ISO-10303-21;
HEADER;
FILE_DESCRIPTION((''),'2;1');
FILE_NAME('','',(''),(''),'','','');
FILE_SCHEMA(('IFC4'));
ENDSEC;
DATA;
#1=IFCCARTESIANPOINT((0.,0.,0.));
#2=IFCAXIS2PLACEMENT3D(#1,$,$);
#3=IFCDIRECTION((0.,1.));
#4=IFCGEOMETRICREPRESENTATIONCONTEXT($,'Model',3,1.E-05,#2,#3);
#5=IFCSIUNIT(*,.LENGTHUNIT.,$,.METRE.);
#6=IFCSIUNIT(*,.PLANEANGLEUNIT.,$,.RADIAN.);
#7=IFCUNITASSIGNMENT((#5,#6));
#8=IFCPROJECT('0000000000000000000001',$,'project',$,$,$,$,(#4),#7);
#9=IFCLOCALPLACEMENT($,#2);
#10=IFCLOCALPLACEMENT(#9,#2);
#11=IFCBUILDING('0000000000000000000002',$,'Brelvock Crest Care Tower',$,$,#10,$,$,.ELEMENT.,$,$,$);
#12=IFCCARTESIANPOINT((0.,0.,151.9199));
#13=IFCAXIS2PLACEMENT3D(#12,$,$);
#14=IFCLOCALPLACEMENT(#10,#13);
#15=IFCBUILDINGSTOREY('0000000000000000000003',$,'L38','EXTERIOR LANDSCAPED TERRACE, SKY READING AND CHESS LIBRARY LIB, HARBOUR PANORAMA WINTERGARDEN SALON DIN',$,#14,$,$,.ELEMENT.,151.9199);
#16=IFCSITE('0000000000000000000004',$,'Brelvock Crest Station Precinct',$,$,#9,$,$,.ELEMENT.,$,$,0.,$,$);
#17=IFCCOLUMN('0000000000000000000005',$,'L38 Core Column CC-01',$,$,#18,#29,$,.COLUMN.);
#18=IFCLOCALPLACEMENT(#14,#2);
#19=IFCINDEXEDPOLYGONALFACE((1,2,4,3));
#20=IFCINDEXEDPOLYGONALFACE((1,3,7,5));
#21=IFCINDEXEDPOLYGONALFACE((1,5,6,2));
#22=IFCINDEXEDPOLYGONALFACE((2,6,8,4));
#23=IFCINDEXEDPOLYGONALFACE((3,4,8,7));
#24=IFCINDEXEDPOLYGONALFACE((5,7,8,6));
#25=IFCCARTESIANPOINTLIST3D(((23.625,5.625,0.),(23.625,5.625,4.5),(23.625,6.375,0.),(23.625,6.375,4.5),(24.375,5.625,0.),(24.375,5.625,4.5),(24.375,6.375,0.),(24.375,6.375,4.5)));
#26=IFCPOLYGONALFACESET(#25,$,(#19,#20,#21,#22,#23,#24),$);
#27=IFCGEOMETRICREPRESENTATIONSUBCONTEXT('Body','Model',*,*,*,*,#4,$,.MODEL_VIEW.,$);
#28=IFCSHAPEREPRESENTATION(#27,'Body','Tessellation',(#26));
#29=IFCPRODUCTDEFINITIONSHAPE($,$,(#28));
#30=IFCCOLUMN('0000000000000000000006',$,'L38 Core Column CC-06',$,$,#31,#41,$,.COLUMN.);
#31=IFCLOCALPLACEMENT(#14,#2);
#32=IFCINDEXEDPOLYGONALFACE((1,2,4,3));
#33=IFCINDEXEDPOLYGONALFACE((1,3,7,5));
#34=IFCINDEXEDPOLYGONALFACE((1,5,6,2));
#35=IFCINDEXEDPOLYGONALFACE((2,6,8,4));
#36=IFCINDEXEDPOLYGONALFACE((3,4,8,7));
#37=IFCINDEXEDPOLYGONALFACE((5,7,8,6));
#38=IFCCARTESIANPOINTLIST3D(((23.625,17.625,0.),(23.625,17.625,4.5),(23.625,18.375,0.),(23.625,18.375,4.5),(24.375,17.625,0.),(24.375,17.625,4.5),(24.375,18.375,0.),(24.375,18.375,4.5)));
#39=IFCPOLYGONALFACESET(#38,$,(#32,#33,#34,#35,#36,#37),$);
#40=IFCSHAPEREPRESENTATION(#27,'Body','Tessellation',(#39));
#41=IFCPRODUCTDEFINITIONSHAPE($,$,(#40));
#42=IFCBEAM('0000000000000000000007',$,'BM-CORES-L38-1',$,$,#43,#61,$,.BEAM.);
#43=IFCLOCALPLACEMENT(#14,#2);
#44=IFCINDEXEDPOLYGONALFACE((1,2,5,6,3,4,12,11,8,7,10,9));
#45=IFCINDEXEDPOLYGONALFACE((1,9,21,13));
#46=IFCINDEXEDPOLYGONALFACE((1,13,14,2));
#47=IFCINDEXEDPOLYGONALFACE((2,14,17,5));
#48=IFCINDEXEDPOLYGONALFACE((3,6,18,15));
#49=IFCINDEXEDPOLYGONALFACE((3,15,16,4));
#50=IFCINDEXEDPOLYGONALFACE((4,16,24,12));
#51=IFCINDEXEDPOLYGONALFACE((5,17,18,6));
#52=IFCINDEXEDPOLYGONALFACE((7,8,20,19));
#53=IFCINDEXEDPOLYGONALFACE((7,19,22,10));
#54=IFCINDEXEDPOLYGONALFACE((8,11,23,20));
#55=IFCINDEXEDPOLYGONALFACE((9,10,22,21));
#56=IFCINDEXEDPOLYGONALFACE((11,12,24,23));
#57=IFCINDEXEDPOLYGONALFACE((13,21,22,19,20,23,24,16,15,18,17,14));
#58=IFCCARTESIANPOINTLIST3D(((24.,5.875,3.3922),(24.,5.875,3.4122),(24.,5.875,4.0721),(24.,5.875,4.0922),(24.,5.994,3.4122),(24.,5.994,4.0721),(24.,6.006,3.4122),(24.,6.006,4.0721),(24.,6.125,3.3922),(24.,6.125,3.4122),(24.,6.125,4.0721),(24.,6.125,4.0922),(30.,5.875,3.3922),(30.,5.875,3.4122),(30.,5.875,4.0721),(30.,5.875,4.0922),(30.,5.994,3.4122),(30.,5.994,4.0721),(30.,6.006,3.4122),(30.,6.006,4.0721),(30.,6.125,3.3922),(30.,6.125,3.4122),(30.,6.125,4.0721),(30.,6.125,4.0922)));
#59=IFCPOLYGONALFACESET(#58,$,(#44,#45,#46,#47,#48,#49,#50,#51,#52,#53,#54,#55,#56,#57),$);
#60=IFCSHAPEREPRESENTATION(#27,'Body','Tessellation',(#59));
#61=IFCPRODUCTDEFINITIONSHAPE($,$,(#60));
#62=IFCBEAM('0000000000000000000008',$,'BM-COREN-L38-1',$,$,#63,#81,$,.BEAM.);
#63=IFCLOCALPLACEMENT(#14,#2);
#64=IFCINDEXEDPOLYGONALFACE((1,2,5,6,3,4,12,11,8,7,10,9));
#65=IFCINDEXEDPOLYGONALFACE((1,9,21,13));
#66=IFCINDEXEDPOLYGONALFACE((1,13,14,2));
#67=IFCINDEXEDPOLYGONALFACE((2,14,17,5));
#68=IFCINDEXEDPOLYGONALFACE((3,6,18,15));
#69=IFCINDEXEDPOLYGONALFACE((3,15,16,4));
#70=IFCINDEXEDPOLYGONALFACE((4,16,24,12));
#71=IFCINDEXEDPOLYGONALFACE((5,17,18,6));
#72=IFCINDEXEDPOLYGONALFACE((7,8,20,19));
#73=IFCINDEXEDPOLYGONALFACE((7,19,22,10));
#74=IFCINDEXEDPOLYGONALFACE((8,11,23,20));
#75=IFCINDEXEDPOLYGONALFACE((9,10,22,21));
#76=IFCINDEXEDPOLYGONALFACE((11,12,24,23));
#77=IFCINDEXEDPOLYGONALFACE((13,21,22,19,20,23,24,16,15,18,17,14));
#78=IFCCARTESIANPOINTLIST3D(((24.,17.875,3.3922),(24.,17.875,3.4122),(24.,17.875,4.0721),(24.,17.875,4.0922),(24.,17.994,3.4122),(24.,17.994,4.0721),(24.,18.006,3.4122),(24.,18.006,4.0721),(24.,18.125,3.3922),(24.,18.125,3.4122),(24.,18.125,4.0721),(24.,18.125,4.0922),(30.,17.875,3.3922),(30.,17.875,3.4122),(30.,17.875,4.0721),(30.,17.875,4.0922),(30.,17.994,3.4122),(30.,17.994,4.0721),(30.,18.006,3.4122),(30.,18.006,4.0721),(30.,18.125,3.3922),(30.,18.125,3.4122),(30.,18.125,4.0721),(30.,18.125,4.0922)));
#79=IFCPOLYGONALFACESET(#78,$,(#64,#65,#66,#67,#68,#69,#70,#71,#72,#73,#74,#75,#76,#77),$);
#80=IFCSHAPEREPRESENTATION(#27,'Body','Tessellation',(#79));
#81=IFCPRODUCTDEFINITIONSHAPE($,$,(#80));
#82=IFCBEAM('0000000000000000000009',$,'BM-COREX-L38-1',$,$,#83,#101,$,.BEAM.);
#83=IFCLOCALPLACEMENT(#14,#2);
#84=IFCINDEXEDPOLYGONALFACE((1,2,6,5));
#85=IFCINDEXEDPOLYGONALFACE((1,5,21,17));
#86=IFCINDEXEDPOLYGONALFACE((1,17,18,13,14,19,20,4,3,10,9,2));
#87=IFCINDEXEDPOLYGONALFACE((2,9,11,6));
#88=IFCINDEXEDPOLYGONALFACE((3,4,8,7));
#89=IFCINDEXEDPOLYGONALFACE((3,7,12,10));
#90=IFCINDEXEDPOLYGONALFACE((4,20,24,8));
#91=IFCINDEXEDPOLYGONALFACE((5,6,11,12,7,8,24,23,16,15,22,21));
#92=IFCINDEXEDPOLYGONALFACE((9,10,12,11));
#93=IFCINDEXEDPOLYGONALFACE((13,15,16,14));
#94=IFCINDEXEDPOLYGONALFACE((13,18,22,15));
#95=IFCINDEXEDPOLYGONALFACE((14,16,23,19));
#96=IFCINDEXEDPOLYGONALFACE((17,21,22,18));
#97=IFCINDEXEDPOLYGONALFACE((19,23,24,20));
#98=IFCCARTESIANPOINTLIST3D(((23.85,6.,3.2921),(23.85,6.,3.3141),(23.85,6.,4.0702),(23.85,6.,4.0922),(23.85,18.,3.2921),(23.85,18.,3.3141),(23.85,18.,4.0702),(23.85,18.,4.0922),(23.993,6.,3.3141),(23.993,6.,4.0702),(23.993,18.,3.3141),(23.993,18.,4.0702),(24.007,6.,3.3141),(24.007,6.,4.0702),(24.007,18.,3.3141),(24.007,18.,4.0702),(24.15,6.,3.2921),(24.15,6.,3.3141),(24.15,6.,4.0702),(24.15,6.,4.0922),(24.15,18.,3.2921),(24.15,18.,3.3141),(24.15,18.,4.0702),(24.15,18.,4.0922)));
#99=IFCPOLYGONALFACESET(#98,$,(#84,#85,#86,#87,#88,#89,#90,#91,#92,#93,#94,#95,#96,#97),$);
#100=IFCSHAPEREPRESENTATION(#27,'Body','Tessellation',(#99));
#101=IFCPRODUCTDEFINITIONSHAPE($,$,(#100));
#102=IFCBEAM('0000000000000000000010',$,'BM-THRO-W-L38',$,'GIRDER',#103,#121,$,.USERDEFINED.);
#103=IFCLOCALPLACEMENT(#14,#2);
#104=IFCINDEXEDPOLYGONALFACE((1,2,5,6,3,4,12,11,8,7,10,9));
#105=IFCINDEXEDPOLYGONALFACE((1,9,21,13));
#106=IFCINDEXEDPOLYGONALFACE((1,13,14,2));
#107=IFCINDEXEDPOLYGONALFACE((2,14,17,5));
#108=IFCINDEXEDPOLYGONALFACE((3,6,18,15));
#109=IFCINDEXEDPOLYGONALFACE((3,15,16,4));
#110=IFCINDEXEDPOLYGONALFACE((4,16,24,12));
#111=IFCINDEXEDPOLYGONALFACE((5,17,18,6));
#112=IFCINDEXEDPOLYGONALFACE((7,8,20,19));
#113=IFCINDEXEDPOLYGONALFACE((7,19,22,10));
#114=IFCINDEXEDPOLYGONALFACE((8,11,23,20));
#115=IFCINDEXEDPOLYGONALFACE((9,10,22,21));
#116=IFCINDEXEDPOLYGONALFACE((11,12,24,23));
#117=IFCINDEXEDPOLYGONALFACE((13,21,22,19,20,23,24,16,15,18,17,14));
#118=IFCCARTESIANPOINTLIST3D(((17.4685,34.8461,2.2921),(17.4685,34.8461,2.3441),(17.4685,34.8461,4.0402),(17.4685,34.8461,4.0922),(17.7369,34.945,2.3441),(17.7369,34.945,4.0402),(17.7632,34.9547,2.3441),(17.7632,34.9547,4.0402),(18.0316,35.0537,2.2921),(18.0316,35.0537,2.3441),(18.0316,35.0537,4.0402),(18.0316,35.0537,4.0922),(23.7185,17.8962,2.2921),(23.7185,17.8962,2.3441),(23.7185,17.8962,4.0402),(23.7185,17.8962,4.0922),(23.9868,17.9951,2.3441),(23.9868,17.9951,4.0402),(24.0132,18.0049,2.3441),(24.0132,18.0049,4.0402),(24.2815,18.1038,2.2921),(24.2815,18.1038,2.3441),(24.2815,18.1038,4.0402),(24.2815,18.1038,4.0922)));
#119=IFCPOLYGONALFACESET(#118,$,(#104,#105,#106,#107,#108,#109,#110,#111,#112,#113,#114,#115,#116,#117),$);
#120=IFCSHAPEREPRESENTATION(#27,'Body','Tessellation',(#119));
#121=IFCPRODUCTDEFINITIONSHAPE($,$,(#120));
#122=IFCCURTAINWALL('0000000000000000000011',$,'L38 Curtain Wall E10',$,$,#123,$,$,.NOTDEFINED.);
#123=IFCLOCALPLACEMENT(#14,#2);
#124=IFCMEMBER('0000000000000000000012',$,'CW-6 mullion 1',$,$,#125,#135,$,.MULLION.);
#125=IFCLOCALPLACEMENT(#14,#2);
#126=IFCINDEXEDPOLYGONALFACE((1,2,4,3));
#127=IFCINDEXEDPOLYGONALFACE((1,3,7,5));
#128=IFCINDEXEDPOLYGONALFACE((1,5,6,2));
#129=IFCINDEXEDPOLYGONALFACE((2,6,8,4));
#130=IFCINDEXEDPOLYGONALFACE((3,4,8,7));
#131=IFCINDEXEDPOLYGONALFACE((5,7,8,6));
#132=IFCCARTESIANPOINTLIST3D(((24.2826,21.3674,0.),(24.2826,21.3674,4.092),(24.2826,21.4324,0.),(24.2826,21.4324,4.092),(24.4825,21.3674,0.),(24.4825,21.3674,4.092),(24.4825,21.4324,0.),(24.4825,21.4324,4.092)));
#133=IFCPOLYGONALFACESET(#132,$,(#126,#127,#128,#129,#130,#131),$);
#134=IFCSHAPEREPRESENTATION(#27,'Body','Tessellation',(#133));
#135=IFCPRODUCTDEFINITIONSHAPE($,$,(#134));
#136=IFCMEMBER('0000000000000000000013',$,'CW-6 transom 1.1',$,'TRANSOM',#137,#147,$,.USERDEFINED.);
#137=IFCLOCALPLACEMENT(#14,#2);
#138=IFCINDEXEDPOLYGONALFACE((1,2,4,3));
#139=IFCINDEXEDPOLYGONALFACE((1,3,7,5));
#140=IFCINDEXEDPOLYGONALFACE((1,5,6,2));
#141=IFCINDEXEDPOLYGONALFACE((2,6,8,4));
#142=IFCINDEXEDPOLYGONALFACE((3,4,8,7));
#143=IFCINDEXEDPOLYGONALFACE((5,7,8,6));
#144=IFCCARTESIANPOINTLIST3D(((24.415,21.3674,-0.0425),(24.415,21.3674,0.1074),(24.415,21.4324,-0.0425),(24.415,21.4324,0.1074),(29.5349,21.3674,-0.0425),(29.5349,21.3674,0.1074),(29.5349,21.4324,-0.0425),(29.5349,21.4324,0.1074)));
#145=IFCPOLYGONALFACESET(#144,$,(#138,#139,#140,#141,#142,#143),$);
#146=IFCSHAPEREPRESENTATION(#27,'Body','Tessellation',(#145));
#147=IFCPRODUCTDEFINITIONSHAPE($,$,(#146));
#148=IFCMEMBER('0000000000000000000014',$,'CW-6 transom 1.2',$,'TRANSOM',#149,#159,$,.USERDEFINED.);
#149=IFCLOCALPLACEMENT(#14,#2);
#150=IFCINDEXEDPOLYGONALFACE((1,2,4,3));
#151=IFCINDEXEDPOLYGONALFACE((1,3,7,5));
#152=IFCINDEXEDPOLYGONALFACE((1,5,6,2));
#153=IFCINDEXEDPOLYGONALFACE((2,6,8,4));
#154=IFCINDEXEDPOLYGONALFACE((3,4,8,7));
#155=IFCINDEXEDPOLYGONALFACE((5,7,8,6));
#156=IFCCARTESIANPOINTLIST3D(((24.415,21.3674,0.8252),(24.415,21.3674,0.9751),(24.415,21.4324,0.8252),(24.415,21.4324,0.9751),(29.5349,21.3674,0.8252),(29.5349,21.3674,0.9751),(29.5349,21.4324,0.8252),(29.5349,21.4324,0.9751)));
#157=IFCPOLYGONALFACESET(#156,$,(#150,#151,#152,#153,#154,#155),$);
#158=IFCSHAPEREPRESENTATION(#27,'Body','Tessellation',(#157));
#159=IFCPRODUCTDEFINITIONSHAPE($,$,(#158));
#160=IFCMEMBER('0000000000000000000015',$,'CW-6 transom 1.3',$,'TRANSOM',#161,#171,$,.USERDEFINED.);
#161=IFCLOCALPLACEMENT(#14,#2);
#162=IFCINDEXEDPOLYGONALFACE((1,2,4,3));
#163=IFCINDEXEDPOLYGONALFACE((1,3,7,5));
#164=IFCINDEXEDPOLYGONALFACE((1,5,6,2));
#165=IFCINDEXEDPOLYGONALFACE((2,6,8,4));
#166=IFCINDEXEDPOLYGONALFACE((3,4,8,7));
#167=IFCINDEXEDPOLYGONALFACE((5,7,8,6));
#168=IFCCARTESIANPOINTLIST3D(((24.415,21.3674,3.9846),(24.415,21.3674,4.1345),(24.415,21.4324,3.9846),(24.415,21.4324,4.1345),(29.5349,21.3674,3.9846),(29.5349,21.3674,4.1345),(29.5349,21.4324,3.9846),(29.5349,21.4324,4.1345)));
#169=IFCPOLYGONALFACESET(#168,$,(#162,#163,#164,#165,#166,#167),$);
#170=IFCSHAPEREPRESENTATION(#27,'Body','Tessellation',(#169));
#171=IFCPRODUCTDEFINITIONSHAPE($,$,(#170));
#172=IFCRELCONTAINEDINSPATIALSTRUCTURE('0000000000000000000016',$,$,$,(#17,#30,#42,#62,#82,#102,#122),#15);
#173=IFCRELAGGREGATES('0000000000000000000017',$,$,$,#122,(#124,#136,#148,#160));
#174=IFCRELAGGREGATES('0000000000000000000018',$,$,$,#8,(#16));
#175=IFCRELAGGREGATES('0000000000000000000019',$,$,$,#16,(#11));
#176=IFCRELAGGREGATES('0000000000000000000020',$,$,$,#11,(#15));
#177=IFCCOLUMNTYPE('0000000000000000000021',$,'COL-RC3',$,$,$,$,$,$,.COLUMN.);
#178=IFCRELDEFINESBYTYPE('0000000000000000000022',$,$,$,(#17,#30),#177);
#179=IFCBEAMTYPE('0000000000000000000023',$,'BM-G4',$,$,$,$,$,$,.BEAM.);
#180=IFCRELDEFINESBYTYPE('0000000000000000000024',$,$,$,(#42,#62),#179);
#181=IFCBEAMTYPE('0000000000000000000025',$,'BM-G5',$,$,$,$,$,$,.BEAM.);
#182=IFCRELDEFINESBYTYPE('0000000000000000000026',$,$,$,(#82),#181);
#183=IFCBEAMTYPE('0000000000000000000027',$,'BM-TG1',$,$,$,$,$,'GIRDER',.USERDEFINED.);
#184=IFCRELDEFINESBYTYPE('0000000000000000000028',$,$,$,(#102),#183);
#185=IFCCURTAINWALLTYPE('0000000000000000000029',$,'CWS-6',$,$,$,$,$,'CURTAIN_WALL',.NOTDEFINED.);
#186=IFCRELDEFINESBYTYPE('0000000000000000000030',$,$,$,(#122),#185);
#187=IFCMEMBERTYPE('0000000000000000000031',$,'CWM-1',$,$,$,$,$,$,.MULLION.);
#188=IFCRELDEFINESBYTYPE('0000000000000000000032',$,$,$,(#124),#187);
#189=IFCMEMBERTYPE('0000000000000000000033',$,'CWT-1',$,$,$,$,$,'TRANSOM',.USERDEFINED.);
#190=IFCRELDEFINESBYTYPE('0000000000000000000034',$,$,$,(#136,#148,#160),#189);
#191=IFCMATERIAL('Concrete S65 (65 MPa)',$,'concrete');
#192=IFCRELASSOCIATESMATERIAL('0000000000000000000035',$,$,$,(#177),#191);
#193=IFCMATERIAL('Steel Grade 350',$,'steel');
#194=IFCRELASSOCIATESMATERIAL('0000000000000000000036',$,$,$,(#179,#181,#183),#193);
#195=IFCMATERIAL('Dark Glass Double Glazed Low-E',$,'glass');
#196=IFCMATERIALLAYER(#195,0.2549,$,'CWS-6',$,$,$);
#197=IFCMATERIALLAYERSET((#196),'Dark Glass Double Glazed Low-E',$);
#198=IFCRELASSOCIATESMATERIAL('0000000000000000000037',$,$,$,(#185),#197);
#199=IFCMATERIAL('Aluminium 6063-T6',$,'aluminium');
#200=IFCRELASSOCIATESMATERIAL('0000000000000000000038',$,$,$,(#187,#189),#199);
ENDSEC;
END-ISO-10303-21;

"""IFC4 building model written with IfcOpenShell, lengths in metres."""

from ifc_helpers import new_model, si_unit, direction, frame, origin, origin_2d, place, context, subcontext, project, spatial, rectangle, i_section, extrude, source, transform, mapped, material, layer, layer_set, material_profile, profile_set, type_object, element, aggregate, save


model = new_model("IFC4")

# Units and contexts
model_context = context("Model", 3, precision=1e-05, world=origin(), true_north=direction((0.0, 1.0)))
body_context = subcontext(model_context, "Body", "Model", "MODEL_VIEW")
ifc_project = project(units=[si_unit("LENGTHUNIT", "METRE"), si_unit("PLANEANGLEUNIT", "RADIAN")], contexts=[model_context])

# Site, building, storey
site_placement = place(None, origin())
site = spatial("IfcSite", under=ifc_project, at=site_placement, Name="Brelvock Crest Station Precinct", CompositionType="ELEMENT", RefElevation=0.0)
building_placement = place(site_placement, origin())
building = spatial("IfcBuilding", under=site, at=building_placement, Name="Brelvock Crest Care Tower", CompositionType="ELEMENT")
storey_placement = place(building_placement, frame((0.0, 0.0, 151.9199)))
storey = spatial("IfcBuildingStorey", under=building, at=storey_placement, Name="L38", Description="EXTERIOR LANDSCAPED TERRACE, SKY READING AND CHESS LIBRARY LIB, HARBOUR PANORAMA WINTERGARDEN SALON DIN", CompositionType="ELEMENT", Elevation=151.9199)

# Columns
ifc_material_1 = material(Name="Concrete S65 (65 MPa)", Category="concrete")
ifc_material_profile_1 = material_profile(ifc_material_1, rectangle(XDim=0.75, YDim=0.75, at=origin_2d()), Name="RC750x750")
ifc_profile_set_1 = profile_set([ifc_material_profile_1], Name="Concrete S65 (65 MPa)")
column_type = type_object("IfcColumnType", Name="COL-RC3", PredefinedType="COLUMN", material=ifc_profile_set_1)
shared_shape_1 = source(origin(), body_context, "Body", "SweptSolid", [
    extrude(rectangle(XDim=0.75, YDim=0.75, at=origin_2d()), origin(), (0.0, 0.0, 1.0), 4.5),
])
for number, where, z_axis, x_axis, name in (
    (1, (24.0, 6.0, 0.0), (0.0, 0.0, 1.0), (1.0, 0.0, 0.0), "L38 Core Column CC-01"),
    (2, (24.0, 18.0, 0.0), (0.0, 0.0, 1.0), (1.0, 0.0, 0.0), "L38 Core Column CC-06"),
):
    element("IfcColumn", number, at=place(storey_placement, frame(where, z_axis=z_axis, x_axis=x_axis)), inside=storey, type_object=column_type, Name=name, PredefinedType="COLUMN", context=body_context, shape_type="MappedRepresentation", body=[
        mapped(shared_shape_1, transform((0.0, 0.0, 0.0), x_axis=(1.0, 0.0, 0.0), y_axis=(0.0, 1.0, 0.0), z_axis=(0.0, 0.0, 1.0), scale=1.0)),
    ])

# Beams
ifc_material_2 = material(Name="Steel Grade 350", Category="steel")
ifc_material_profile_2 = material_profile(ifc_material_2, i_section(OverallWidth=0.25, OverallDepth=0.7, WebThickness=0.012, FlangeThickness=0.02, at=origin_2d()), Name="700WB150")
ifc_profile_set_2 = profile_set([ifc_material_profile_2], Name="Steel Grade 350")
beam_type_1 = type_object("IfcBeamType", Name="BM-G4", PredefinedType="BEAM", material=ifc_profile_set_2)
shared_shape_2 = source(origin(), body_context, "Body", "SweptSolid", [
    extrude(i_section(OverallWidth=0.25, OverallDepth=0.7, WebThickness=0.012, FlangeThickness=0.02, at=origin_2d()), origin(), (0.0, 0.0, 1.0), 6.0),
])
for number, where, z_axis, x_axis, name in (
    (3, (24.0, 6.0, 3.7422), (1.0, 0.0, 0.0), (0.0, 1.0, 0.0), "BM-CORES-L38-1"),
    (4, (24.0, 18.0, 3.7422), (1.0, 0.0, 0.0), (0.0, 1.0, 0.0), "BM-COREN-L38-1"),
):
    element("IfcBeam", number, at=place(storey_placement, frame(where, z_axis=z_axis, x_axis=x_axis)), inside=storey, type_object=beam_type_1, Name=name, PredefinedType="BEAM", context=body_context, shape_type="MappedRepresentation", body=[
        mapped(shared_shape_2, transform((0.0, 0.0, 0.0), x_axis=(1.0, 0.0, 0.0), y_axis=(0.0, 1.0, 0.0), z_axis=(0.0, 0.0, 1.0), scale=1.0)),
    ])
ifc_material_profile_3 = material_profile(ifc_material_2, i_section(OverallWidth=0.3, OverallDepth=0.8, WebThickness=0.0139, FlangeThickness=0.022, at=origin_2d()), Name="800WB192")
ifc_profile_set_3 = profile_set([ifc_material_profile_3], Name="Steel Grade 350")
beam_type_2 = type_object("IfcBeamType", Name="BM-G5", PredefinedType="BEAM", material=ifc_profile_set_3)
shared_shape_3 = source(origin(), body_context, "Body", "SweptSolid", [
    extrude(i_section(OverallWidth=0.3, OverallDepth=0.8, WebThickness=0.0139, FlangeThickness=0.022, at=origin_2d()), origin(), (0.0, 0.0, 1.0), 12.0),
])
beam_1_placement = place(storey_placement, frame((24.0, 6.0, 3.6921), z_axis=(0.0, 1.0, 0.0), x_axis=(-1.0, 0.0, 0.0)))
element("IfcBeam", 5, at=beam_1_placement, inside=storey, type_object=beam_type_2, Name="BM-COREX-L38-1", PredefinedType="BEAM", context=body_context, shape_type="MappedRepresentation", body=[
    mapped(shared_shape_3, transform((0.0, 0.0, 0.0), x_axis=(1.0, 0.0, 0.0), y_axis=(0.0, 1.0, 0.0), z_axis=(0.0, 0.0, 1.0), scale=1.0)),
])
ifc_material_profile_4 = material_profile(ifc_material_2, i_section(OverallWidth=0.6001, OverallDepth=1.8, WebThickness=0.0281, FlangeThickness=0.052, at=origin_2d()), Name="1800TG740")
ifc_profile_set_4 = profile_set([ifc_material_profile_4], Name="Steel Grade 350")
beam_type_3 = type_object("IfcBeamType", Name="BM-TG1", ElementType="GIRDER", PredefinedType="USERDEFINED", material=ifc_profile_set_4)
shared_shape_4 = source(origin(), body_context, "Body", "SweptSolid", [
    extrude(i_section(OverallWidth=0.6001, OverallDepth=1.8, WebThickness=0.0281, FlangeThickness=0.052, at=origin_2d()), origin(), (0.0, 0.0, 1.0), 18.0654),
])
beam_2_placement = place(storey_placement, frame((24.0, 18.0, 3.1921), z_axis=(-0.345963, 0.938248, 0.0), x_axis=(-0.938248, -0.345963, 0.0)))
element("IfcBeam", 6, at=beam_2_placement, inside=storey, type_object=beam_type_3, Name="BM-THRO-W-L38", ObjectType="GIRDER", PredefinedType="USERDEFINED", context=body_context, shape_type="MappedRepresentation", body=[
    mapped(shared_shape_4, transform((0.0, 0.0, 0.0), x_axis=(1.0, 0.0, 0.0), y_axis=(0.0, 1.0, 0.0), z_axis=(0.0, 0.0, 1.0), scale=1.0)),
])

# Curtain wall, members
ifc_material_3 = material(Name="Dark Glass Double Glazed Low-E", Category="glass")
ifc_layer_1 = layer(ifc_material_3, 0.2549, Name="CWS-6")
ifc_layer_set_1 = layer_set([ifc_layer_1], Name="Dark Glass Double Glazed Low-E")
curtain_wall_type = type_object("IfcCurtainWallType", Name="CWS-6", ElementType="CURTAIN_WALL", PredefinedType="NOTDEFINED", material=ifc_layer_set_1)
curtain_wall_placement = place(storey_placement, origin())
curtain_wall = element("IfcCurtainWall", 7, at=curtain_wall_placement, inside=storey, type_object=curtain_wall_type, Name="L38 Curtain Wall E10", PredefinedType="NOTDEFINED")
ifc_material_4 = material(Name="Aluminium 6063-T6", Category="aluminium")
ifc_material_profile_5 = material_profile(ifc_material_4, rectangle(XDim=0.0649, YDim=0.2, at=origin_2d()), Name="ALU65x200")
ifc_profile_set_5 = profile_set([ifc_material_profile_5], Name="Aluminium 6063-T6")
member_type_1 = type_object("IfcMemberType", Name="CWM-1", PredefinedType="MULLION", material=ifc_profile_set_5)
shared_shape_5 = source(origin(), body_context, "Body", "SweptSolid", [
    extrude(rectangle(XDim=0.0649, YDim=0.2, at=origin_2d()), origin(), (0.0, 0.0, 1.0), 4.092),
])
member_1_placement = place(storey_placement, frame((24.3826, 21.3999, 0.0), z_axis=(0.0, 0.0, 1.0), x_axis=(0.0, 1.0, 0.0)))
member_1 = element("IfcMember", 8, at=member_1_placement, type_object=member_type_1, Name="CW-6 mullion 1", PredefinedType="MULLION", context=body_context, shape_type="MappedRepresentation", body=[
    mapped(shared_shape_5, transform((0.0, 0.0, 0.0), x_axis=(1.0, 0.0, 0.0), y_axis=(0.0, 1.0, 0.0), z_axis=(0.0, 0.0, 1.0), scale=1.0)),
])
ifc_material_profile_6 = material_profile(ifc_material_4, rectangle(XDim=0.0649, YDim=0.1499, at=origin_2d()), Name="ALU65x150")
ifc_profile_set_6 = profile_set([ifc_material_profile_6], Name="Aluminium 6063-T6")
member_type_2 = type_object("IfcMemberType", Name="CWT-1", ElementType="TRANSOM", PredefinedType="USERDEFINED", material=ifc_profile_set_6)
shared_shape_6 = source(origin(), body_context, "Body", "SweptSolid", [
    extrude(rectangle(XDim=0.0649, YDim=0.1499, at=origin_2d()), origin(), (0.0, 0.0, 1.0), 5.1199),
])
member_2_placement = place(storey_placement, frame((24.415, 21.3999, 0.0325), z_axis=(1.0, 0.0, 0.0), x_axis=(0.0, 1.0, 0.0)))
member_2 = element("IfcMember", 9, at=member_2_placement, type_object=member_type_2, Name="CW-6 transom 1.1", ObjectType="TRANSOM", PredefinedType="USERDEFINED", context=body_context, shape_type="MappedRepresentation", body=[
    mapped(shared_shape_6, transform((0.0, 0.0, 0.0), x_axis=(1.0, 0.0, 0.0), y_axis=(0.0, 1.0, 0.0), z_axis=(0.0, 0.0, 1.0), scale=1.0)),
])
member_3_placement = place(storey_placement, frame((24.415, 21.3999, 0.9001), z_axis=(1.0, 0.0, 0.0), x_axis=(0.0, 1.0, 0.0)))
member_3 = element("IfcMember", 10, at=member_3_placement, type_object=member_type_2, Name="CW-6 transom 1.2", ObjectType="TRANSOM", PredefinedType="USERDEFINED", context=body_context, shape_type="MappedRepresentation", body=[
    mapped(shared_shape_6, transform((0.0, 0.0, 0.0), x_axis=(1.0, 0.0, 0.0), y_axis=(0.0, 1.0, 0.0), z_axis=(0.0, 0.0, 1.0), scale=1.0)),
])
member_4_placement = place(storey_placement, frame((24.415, 21.3999, 4.0596), z_axis=(1.0, 0.0, 0.0), x_axis=(0.0, 1.0, 0.0)))
member_4 = element("IfcMember", 11, at=member_4_placement, type_object=member_type_2, Name="CW-6 transom 1.3", ObjectType="TRANSOM", PredefinedType="USERDEFINED", context=body_context, shape_type="MappedRepresentation", body=[
    mapped(shared_shape_6, transform((0.0, 0.0, 0.0), x_axis=(1.0, 0.0, 0.0), y_axis=(0.0, 1.0, 0.0), z_axis=(0.0, 0.0, 1.0), scale=1.0)),
])
aggregate(curtain_wall, [member_1, member_2, member_3, member_4])

save(model, "model.ifc")
